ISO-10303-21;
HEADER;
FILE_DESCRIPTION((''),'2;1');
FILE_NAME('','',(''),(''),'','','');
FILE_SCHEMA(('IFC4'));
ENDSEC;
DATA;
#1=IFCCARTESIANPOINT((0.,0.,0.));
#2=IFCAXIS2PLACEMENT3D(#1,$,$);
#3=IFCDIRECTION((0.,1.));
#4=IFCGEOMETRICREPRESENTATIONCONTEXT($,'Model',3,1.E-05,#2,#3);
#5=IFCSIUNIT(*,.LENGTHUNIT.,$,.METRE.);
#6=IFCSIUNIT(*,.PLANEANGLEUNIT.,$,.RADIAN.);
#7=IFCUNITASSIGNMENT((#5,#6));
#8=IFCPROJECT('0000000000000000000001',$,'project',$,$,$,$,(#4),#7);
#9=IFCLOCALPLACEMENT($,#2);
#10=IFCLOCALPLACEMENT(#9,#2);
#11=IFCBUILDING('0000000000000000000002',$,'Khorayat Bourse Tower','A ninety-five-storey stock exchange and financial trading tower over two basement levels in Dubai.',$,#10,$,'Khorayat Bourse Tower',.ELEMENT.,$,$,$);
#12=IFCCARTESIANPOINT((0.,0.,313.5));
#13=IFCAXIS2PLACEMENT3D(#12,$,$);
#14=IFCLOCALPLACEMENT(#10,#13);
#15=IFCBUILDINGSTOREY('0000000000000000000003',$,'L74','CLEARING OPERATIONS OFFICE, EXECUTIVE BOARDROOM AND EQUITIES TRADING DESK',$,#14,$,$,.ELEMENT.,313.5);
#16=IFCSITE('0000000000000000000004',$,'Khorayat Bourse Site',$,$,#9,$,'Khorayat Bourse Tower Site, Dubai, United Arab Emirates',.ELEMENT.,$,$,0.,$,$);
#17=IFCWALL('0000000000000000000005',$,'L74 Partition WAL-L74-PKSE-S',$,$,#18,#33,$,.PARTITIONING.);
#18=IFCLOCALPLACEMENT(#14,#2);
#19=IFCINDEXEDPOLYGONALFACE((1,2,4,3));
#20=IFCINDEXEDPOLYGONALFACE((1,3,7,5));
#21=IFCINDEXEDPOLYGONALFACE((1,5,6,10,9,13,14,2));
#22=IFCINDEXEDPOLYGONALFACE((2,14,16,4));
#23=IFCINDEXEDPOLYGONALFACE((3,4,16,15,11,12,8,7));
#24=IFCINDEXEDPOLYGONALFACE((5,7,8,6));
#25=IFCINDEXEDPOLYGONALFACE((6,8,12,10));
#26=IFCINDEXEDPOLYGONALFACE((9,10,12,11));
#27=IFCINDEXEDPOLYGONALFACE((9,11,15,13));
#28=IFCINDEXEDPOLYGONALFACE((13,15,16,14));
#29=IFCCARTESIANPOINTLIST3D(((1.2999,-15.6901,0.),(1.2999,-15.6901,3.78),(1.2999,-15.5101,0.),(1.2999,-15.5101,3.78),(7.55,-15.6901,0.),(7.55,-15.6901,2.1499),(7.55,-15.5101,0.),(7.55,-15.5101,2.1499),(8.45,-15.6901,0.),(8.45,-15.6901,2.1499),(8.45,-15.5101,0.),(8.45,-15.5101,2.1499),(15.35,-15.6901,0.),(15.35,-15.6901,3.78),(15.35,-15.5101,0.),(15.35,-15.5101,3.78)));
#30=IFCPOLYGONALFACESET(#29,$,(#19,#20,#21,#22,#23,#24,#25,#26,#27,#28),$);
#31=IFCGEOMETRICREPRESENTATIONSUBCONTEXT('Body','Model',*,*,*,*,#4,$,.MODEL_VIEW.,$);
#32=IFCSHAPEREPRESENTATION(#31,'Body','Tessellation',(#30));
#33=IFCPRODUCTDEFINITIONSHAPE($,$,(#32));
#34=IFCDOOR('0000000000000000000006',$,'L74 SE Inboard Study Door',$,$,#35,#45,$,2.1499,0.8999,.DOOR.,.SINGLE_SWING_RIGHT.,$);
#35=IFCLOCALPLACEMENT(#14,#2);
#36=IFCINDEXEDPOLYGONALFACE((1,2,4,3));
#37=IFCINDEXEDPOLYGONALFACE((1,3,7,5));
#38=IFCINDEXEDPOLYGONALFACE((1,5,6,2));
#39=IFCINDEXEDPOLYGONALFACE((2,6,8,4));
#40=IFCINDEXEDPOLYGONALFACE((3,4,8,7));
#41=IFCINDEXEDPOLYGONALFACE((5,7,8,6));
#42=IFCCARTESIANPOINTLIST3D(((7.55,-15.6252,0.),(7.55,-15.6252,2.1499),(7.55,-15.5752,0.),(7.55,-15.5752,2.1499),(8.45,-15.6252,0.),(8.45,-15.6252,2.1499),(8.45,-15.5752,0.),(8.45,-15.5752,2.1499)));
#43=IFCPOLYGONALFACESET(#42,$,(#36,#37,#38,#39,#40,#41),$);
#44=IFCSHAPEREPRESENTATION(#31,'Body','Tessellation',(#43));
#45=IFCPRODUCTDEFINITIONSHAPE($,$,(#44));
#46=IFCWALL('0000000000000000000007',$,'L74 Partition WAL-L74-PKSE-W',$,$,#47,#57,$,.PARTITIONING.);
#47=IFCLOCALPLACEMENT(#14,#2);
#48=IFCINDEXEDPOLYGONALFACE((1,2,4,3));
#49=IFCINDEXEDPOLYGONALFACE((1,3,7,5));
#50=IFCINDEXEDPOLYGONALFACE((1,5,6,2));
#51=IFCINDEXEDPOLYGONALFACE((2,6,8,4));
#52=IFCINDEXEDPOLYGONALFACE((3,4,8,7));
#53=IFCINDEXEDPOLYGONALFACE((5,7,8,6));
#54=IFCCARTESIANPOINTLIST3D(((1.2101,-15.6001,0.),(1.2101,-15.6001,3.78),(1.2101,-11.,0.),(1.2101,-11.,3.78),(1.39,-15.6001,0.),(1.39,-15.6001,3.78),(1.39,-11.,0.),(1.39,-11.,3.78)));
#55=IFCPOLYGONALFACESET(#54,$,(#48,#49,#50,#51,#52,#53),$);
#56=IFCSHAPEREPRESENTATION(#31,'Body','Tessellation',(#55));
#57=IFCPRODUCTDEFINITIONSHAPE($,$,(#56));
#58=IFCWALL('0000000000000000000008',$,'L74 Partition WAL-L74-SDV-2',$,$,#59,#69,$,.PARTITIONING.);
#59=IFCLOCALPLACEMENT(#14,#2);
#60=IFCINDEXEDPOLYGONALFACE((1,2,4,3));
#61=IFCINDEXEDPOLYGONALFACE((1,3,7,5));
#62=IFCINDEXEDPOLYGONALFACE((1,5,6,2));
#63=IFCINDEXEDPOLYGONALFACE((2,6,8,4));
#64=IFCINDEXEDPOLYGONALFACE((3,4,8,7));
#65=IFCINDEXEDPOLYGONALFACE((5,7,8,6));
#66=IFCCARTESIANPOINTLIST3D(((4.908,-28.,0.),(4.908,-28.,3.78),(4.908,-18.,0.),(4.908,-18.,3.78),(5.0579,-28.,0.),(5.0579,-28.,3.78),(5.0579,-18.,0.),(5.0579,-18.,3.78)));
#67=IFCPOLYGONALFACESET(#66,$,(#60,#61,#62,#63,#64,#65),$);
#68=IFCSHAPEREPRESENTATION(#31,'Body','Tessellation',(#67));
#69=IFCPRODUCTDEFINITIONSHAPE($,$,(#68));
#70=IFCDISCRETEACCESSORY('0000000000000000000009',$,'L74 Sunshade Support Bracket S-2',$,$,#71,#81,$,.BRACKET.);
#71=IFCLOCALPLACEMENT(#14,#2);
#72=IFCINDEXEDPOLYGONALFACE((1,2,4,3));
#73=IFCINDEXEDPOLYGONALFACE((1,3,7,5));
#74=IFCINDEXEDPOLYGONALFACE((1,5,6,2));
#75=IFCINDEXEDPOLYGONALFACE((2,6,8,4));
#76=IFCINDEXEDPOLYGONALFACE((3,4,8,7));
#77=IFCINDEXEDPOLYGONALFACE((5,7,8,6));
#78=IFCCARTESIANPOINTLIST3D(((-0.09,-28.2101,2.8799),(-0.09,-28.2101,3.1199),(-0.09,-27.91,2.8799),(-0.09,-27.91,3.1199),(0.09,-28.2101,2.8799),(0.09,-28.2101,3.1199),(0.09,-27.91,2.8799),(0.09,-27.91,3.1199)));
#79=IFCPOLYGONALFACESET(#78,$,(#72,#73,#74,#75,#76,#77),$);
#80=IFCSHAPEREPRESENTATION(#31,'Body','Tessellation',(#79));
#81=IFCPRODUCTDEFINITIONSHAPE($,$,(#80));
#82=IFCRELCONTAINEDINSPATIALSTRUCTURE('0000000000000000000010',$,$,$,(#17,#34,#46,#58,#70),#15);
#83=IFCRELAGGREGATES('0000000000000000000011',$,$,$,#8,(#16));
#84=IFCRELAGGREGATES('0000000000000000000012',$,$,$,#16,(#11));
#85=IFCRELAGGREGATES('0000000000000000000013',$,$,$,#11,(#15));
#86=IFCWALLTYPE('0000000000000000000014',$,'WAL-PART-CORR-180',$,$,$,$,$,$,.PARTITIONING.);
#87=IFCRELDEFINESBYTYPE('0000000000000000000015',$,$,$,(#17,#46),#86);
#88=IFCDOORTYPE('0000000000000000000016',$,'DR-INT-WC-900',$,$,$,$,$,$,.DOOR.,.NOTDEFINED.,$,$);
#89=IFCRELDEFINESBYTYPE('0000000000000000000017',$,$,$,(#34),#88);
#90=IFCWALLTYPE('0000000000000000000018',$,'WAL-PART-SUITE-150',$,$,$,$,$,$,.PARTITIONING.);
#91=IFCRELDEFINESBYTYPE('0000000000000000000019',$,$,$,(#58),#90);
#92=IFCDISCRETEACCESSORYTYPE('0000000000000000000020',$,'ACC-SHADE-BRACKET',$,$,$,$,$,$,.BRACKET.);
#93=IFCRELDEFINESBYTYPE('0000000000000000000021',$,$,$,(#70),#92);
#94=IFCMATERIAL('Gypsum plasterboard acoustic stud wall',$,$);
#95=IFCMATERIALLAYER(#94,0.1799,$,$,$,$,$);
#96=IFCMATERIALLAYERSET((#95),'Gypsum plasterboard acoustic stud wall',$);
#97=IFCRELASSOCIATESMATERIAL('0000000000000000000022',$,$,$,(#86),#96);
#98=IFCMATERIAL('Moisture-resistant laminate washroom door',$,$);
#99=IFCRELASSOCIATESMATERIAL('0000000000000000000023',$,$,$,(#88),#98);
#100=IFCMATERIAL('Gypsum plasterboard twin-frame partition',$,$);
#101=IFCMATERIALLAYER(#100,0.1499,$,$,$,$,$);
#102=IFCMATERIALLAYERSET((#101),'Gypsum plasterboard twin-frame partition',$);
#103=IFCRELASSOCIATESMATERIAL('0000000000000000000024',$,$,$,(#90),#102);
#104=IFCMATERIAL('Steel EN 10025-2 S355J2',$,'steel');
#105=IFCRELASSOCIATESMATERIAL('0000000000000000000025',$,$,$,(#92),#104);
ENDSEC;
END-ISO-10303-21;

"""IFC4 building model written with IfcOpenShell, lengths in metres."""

from ifc_helpers import new_model, si_unit, direction, frame, frame_2d, origin, origin_2d, place, context, subcontext, project, spatial, rectangle, extrude, source, transform, mapped, material, layer, layer_set, type_object, element, fill, save


model = new_model("IFC4")

# Units and contexts
model_context = context("Model", 3, precision=1e-05, world=origin(), true_north=direction((0.0, 1.0)))
body_context = subcontext(model_context, "Body", "Model", "MODEL_VIEW")
ifc_project = project(units=[si_unit("LENGTHUNIT", "METRE"), si_unit("PLANEANGLEUNIT", "RADIAN")], contexts=[model_context])

# Site, building, storey
site_placement = place(None, origin())
site = spatial("IfcSite", under=ifc_project, at=site_placement, Name="Khorayat Bourse Site", LongName="Khorayat Bourse Tower Site, Dubai, United Arab Emirates", CompositionType="ELEMENT", RefElevation=0.0)
building_placement = place(site_placement, origin())
building = spatial("IfcBuilding", under=site, at=building_placement, Name="Khorayat Bourse Tower", Description="A ninety-five-storey stock exchange and financial trading tower over two basement levels in Dubai.", LongName="Khorayat Bourse Tower", CompositionType="ELEMENT")
storey_placement = place(building_placement, frame((0.0, 0.0, 313.5)))
storey = spatial("IfcBuildingStorey", under=building, at=storey_placement, Name="L74", Description="CLEARING OPERATIONS OFFICE, EXECUTIVE BOARDROOM AND EQUITIES TRADING DESK", CompositionType="ELEMENT", Elevation=313.5)

# Shared definitions
ifc_material_1 = material(Name="Steel EN 10025-2 S355J2", Category="steel")

# Wall, opening, door
ifc_material_2 = material(Name="Gypsum plasterboard acoustic stud wall")
ifc_layer_1 = layer(ifc_material_2, 0.1799)
ifc_layer_set_1 = layer_set([ifc_layer_1], Name="Gypsum plasterboard acoustic stud wall")
wall_type_1 = type_object("IfcWallType", Name="WAL-PART-CORR-180", PredefinedType="PARTITIONING", material=ifc_layer_set_1)
shared_shape_1 = source(origin(), body_context, "Body", "SweptSolid", [
    extrude(rectangle(XDim=14.05, YDim=0.1799, at=frame_2d((7.0249, 0.0))), origin(), (0.0, 0.0, 1.0), 3.78),
])
wall_1_placement = place(storey_placement, frame((1.3, -15.6001, 0.0), z_axis=(0.0, 0.0, 1.0), x_axis=(1.0, 0.0, 0.0)))
wall_1 = element("IfcWall", 1, at=wall_1_placement, inside=storey, type_object=wall_type_1, Name="L74 Partition WAL-L74-PKSE-S", PredefinedType="PARTITIONING", context=body_context, shape_type="MappedRepresentation", body=[
    mapped(shared_shape_1, transform((0.0, 0.0, 0.0), scale=1.0)),
])
shared_shape_2 = source(origin(), body_context, "Body", "SweptSolid", [
    extrude(rectangle(XDim=0.8999, YDim=2.1499, at=frame_2d((0.45, 1.075))), frame((0.0, 0.0999, 0.0), z_axis=(0.0, -1.0, 0.0), x_axis=(1.0, 0.0, 0.0)), (0.0, 0.0, 1.0), 0.2),
])
opening_placement = place(wall_1_placement, frame((6.25, 0.0, 0.0)))
opening = element("IfcOpeningElement", 2, at=opening_placement, cuts=wall_1, PredefinedType="OPENING", context=body_context, shape_type="MappedRepresentation", body=[
    mapped(shared_shape_2, transform((0.0, 0.0, 0.0), scale=1.0)),
])
ifc_material_3 = material(Name="Moisture-resistant laminate washroom door")
door_type = type_object("IfcDoorType", Name="DR-INT-WC-900", OperationType="NOTDEFINED", PredefinedType="DOOR", material=ifc_material_3)
shared_shape_3 = source(origin(), body_context, "Body", "SweptSolid", [
    extrude(rectangle(XDim=0.8999, YDim=2.1499, at=frame_2d((0.45, 1.075))), frame((0.0, 0.0249, 0.0), z_axis=(0.0, -1.0, 0.0), x_axis=(1.0, 0.0, 0.0)), (0.0, 0.0, 1.0), 0.05),
])
door_placement = place(opening_placement, origin())
door = element("IfcDoor", 3, at=door_placement, inside=storey, type_object=door_type, Name="L74 SE Inboard Study Door", OperationType="SINGLE_SWING_RIGHT", OverallHeight=2.1499, OverallWidth=0.8999, PredefinedType="DOOR", context=body_context, shape_type="MappedRepresentation", body=[
    mapped(shared_shape_3, transform((0.0, 0.0, 0.0), scale=1.0)),
])
fill(opening, door)

# Walls
shared_shape_4 = source(origin(), body_context, "Body", "SweptSolid", [
    extrude(rectangle(XDim=4.6001, YDim=0.1799, at=frame_2d((2.3, 0.0))), origin(), (0.0, 0.0, 1.0), 3.78),
])
wall_2_placement = place(storey_placement, frame((1.3, -15.6001, 0.0), z_axis=(0.0, 0.0, 1.0), x_axis=(0.0, 1.0, 0.0)))
element("IfcWall", 4, at=wall_2_placement, inside=storey, type_object=wall_type_1, Name="L74 Partition WAL-L74-PKSE-W", PredefinedType="PARTITIONING", context=body_context, shape_type="MappedRepresentation", body=[
    mapped(shared_shape_4, transform((0.0, 0.0, 0.0), scale=1.0)),
])
ifc_material_4 = material(Name="Gypsum plasterboard twin-frame partition")
ifc_layer_2 = layer(ifc_material_4, 0.1499)
ifc_layer_set_2 = layer_set([ifc_layer_2], Name="Gypsum plasterboard twin-frame partition")
wall_type_2 = type_object("IfcWallType", Name="WAL-PART-SUITE-150", PredefinedType="PARTITIONING", material=ifc_layer_set_2)
shared_shape_5 = source(origin(), body_context, "Body", "SweptSolid", [
    extrude(rectangle(XDim=10.0, YDim=0.1499, at=frame_2d((5.0, 0.0))), origin(), (0.0, 0.0, 1.0), 3.78),
])
wall_3_placement = place(storey_placement, frame((4.9829, -28.0, 0.0), z_axis=(0.0, 0.0, 1.0), x_axis=(0.0, 1.0, 0.0)))
element("IfcWall", 5, at=wall_3_placement, inside=storey, type_object=wall_type_2, Name="L74 Partition WAL-L74-SDV-2", PredefinedType="PARTITIONING", context=body_context, shape_type="MappedRepresentation", body=[
    mapped(shared_shape_5, transform((0.0, 0.0, 0.0), scale=1.0)),
])

# Discrete accessory
discrete_accessory_type = type_object("IfcDiscreteAccessoryType", Name="ACC-SHADE-BRACKET", PredefinedType="BRACKET", material=ifc_material_1)
shared_shape_6 = source(origin(), body_context, "Body", "SweptSolid", [
    extrude(rectangle(XDim=0.1799, YDim=0.3, at=origin_2d()), origin(), (0.0, 0.0, 1.0), 0.24),
])
discrete_accessory_placement = place(storey_placement, frame((0.0, -28.0601, 2.8799), z_axis=(0.0, 0.0, 1.0), x_axis=(1.0, 0.0, 0.0)))
element("IfcDiscreteAccessory", 6, at=discrete_accessory_placement, inside=storey, type_object=discrete_accessory_type, Name="L74 Sunshade Support Bracket S-2", PredefinedType="BRACKET", context=body_context, shape_type="MappedRepresentation", body=[
    mapped(shared_shape_6, transform((0.0, 0.0, 0.0), scale=1.0)),
])

save(model, "model.ifc")
